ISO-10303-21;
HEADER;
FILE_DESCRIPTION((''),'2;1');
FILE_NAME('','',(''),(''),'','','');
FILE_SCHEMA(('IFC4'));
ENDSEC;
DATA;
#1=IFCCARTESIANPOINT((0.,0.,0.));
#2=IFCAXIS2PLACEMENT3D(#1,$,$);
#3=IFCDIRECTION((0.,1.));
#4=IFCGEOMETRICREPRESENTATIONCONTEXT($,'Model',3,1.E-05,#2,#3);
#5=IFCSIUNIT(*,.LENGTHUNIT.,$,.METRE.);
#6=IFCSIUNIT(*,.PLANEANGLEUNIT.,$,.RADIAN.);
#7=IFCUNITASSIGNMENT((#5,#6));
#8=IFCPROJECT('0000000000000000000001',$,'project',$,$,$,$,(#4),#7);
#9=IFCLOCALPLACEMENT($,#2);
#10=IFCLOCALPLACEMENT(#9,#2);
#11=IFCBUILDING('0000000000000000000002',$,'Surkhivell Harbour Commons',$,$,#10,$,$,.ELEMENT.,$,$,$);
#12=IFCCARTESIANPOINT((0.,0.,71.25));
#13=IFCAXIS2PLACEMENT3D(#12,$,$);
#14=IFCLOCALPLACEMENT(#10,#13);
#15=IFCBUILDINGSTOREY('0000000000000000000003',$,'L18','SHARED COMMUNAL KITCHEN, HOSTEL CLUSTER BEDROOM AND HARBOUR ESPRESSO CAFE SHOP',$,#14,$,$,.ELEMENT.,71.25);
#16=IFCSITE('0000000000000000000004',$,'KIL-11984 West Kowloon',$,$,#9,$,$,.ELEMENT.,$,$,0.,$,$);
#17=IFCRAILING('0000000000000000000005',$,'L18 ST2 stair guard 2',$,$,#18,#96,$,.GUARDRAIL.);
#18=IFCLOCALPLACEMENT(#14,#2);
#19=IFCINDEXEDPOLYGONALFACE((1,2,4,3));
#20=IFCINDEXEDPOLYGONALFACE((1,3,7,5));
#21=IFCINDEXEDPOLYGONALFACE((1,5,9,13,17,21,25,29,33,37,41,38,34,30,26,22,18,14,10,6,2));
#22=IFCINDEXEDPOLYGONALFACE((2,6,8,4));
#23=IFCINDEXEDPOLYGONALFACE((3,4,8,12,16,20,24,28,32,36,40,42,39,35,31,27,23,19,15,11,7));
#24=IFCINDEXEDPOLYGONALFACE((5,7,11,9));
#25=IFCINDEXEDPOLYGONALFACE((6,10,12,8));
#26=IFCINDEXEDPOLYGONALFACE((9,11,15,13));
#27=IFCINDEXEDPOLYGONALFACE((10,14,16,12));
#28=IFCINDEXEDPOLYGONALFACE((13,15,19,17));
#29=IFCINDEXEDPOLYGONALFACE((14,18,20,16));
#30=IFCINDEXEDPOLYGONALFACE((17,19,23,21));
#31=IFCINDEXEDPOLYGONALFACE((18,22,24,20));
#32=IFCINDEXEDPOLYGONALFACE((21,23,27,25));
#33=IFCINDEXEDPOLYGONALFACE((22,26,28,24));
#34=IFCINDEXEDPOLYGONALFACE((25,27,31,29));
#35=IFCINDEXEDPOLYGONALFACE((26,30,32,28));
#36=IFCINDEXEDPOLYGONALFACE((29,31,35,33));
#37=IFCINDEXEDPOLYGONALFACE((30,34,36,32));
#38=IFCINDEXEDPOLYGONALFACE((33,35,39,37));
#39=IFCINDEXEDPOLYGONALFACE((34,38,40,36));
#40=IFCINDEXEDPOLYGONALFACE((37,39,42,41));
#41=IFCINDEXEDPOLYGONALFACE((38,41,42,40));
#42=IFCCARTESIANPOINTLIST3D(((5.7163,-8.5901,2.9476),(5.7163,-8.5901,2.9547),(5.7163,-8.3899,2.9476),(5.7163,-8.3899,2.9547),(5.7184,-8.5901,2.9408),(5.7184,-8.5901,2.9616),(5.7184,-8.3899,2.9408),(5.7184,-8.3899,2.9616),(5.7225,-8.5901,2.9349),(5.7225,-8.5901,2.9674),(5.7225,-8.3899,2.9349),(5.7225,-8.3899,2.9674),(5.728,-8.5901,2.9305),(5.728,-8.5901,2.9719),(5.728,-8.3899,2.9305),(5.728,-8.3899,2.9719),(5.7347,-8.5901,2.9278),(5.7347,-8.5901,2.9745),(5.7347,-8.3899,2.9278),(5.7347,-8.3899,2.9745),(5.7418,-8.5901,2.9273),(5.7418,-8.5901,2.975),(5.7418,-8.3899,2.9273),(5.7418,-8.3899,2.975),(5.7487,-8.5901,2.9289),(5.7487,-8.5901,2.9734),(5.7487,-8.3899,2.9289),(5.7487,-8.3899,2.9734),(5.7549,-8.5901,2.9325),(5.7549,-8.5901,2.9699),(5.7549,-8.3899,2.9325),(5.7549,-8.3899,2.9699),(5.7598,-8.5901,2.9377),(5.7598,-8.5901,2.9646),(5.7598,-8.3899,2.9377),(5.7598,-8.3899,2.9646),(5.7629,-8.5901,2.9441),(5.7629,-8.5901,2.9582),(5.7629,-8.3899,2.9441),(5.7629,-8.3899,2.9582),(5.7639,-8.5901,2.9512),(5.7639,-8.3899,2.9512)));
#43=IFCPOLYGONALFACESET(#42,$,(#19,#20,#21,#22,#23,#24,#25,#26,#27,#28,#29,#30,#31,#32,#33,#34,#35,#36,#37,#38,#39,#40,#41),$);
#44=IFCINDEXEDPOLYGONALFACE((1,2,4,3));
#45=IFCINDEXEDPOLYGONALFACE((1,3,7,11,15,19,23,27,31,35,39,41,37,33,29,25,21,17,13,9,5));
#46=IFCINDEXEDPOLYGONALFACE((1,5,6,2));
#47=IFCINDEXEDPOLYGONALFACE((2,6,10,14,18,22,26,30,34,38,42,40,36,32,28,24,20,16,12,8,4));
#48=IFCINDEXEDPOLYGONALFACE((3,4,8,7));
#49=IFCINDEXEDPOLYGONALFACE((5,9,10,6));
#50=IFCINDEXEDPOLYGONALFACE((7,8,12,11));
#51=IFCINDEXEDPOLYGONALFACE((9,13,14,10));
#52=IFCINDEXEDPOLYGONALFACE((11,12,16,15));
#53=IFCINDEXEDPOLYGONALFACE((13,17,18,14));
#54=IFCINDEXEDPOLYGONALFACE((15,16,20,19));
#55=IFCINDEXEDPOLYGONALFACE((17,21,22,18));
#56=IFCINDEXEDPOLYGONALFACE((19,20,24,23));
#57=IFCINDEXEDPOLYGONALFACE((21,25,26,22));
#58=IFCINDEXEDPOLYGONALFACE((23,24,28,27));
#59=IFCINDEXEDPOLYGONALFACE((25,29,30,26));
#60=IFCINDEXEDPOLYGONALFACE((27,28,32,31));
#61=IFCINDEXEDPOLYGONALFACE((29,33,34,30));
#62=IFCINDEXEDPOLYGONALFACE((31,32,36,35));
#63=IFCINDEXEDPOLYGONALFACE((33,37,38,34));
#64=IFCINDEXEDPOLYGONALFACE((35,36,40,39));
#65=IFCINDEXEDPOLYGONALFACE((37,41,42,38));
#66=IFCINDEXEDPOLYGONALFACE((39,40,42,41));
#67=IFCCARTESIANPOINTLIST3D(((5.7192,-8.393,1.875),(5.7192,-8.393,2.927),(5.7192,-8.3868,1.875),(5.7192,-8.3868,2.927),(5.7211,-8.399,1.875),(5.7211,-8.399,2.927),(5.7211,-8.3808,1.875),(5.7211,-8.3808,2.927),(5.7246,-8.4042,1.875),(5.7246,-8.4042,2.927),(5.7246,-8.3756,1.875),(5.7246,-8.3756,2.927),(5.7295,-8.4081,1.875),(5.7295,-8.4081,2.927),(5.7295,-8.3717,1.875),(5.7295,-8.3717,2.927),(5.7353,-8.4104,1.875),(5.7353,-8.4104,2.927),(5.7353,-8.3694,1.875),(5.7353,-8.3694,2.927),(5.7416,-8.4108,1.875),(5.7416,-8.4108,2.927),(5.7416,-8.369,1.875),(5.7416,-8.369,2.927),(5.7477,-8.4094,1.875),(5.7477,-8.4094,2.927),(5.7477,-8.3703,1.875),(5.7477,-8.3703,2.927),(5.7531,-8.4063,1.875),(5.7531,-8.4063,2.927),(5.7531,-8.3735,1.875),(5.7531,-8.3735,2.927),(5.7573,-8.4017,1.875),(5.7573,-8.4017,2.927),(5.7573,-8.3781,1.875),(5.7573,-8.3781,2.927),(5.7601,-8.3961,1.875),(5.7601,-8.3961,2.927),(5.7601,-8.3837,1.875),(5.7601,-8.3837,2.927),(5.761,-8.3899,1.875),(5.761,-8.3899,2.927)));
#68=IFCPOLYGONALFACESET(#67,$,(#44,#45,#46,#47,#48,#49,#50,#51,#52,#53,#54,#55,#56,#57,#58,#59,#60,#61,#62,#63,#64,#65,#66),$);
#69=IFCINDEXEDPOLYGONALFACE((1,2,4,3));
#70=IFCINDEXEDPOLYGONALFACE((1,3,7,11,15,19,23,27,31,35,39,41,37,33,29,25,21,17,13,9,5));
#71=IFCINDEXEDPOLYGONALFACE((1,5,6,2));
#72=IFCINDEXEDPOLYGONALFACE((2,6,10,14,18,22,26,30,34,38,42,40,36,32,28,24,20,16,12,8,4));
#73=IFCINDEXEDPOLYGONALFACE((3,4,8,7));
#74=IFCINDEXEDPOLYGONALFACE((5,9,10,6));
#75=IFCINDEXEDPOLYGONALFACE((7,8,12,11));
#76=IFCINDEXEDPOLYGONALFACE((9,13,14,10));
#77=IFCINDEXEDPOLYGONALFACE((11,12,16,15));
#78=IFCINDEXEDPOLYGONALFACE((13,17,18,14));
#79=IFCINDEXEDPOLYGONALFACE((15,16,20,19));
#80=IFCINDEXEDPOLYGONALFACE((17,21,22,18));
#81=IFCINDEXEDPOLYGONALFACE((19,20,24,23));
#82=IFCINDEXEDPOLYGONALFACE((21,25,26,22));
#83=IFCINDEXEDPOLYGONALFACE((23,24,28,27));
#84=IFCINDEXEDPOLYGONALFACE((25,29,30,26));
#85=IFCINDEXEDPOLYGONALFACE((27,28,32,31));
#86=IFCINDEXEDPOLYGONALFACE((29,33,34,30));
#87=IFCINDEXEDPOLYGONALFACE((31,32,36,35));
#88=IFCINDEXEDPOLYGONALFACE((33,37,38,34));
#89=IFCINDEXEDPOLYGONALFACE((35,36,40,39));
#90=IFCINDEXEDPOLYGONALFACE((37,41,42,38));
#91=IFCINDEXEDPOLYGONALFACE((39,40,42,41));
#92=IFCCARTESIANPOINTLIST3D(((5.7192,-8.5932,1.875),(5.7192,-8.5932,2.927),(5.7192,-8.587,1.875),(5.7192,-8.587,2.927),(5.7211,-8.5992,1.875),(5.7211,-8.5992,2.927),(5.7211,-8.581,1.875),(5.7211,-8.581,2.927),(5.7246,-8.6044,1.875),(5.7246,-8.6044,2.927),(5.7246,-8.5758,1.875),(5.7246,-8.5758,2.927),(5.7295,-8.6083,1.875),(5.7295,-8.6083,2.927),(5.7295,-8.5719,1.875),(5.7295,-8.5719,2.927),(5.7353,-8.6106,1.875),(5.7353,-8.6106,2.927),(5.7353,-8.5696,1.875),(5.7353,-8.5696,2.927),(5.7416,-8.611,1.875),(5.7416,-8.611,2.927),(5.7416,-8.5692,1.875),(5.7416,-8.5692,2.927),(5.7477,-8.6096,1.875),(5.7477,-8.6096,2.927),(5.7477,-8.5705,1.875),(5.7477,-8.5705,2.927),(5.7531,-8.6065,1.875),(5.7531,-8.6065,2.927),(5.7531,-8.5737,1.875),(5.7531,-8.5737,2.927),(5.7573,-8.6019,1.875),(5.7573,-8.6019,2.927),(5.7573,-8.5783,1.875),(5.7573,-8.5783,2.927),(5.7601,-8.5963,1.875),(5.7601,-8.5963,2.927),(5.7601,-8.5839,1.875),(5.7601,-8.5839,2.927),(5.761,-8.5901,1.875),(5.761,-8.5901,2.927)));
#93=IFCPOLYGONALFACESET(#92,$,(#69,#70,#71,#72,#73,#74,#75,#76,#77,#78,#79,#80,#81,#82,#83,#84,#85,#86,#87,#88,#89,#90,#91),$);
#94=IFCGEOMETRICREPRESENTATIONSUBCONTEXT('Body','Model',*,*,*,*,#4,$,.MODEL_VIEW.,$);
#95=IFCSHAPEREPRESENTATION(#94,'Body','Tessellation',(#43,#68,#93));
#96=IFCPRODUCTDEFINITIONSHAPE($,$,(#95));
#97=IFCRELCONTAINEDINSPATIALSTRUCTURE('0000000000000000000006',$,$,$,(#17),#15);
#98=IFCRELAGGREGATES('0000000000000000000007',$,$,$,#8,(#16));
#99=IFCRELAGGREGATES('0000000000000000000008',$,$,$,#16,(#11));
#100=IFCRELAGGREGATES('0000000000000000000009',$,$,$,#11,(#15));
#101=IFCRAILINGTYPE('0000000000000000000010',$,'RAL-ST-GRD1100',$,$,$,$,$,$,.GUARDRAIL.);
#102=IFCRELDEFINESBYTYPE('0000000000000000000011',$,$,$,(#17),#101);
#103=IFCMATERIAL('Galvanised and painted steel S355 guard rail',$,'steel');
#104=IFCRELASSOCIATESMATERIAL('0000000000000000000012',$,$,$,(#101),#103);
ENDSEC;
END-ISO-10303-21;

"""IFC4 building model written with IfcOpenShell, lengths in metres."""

from ifc_helpers import new_model, si_unit, direction, frame, origin, origin_2d, place, context, subcontext, project, spatial, circle, extrude, material, type_object, element, save


model = new_model("IFC4")

# Units and contexts
model_context = context("Model", 3, precision=1e-05, world=origin(), true_north=direction((0.0, 1.0)))
body_context = subcontext(model_context, "Body", "Model", "MODEL_VIEW")
ifc_project = project(units=[si_unit("LENGTHUNIT", "METRE"), si_unit("PLANEANGLEUNIT", "RADIAN")], contexts=[model_context])

# Site, building, storey
site_placement = place(None, origin())
site = spatial("IfcSite", under=ifc_project, at=site_placement, Name="KIL-11984 West Kowloon", CompositionType="ELEMENT", RefElevation=0.0)
building_placement = place(site_placement, origin())
building = spatial("IfcBuilding", under=site, at=building_placement, Name="Surkhivell Harbour Commons", CompositionType="ELEMENT")
storey_placement = place(building_placement, frame((0.0, 0.0, 71.25)))
storey = spatial("IfcBuildingStorey", under=building, at=storey_placement, Name="L18", Description="SHARED COMMUNAL KITCHEN, HOSTEL CLUSTER BEDROOM AND HARBOUR ESPRESSO CAFE SHOP", CompositionType="ELEMENT", Elevation=71.25)

# Railing
ifc_material_1 = material(Name="Galvanised and painted steel S355 guard rail", Category="steel")
railing_type_1 = type_object("IfcRailingType", Name="RAL-ST-GRD1100", PredefinedType="GUARDRAIL", material=ifc_material_1)
railing_1_placement = place(storey_placement, frame((5.74, -8.3899, 1.875)))
element("IfcRailing", 1, at=railing_1_placement, inside=storey, type_object=railing_type_1, Name="L18 ST2 stair guard 2", PredefinedType="GUARDRAIL", context=body_context, shape_type="SweptSolid", body=[
    extrude(circle(Radius=0.0239, at=origin_2d()), frame((0.0, 0.0, 1.0762), z_axis=(0.0, -1.0, 0.0), x_axis=(1.0, 0.0, 0.0)), (0.0, 0.0, 1.0), 0.2002),
    extrude(circle(Radius=0.021, at=origin_2d()), origin(), (0.0, 0.0, 1.0), 1.052),
    extrude(circle(Radius=0.021, at=origin_2d()), frame((0.0, -0.2002, 0.0)), (0.0, 0.0, 1.0), 1.052),
])

save(model, "model.ifc")
